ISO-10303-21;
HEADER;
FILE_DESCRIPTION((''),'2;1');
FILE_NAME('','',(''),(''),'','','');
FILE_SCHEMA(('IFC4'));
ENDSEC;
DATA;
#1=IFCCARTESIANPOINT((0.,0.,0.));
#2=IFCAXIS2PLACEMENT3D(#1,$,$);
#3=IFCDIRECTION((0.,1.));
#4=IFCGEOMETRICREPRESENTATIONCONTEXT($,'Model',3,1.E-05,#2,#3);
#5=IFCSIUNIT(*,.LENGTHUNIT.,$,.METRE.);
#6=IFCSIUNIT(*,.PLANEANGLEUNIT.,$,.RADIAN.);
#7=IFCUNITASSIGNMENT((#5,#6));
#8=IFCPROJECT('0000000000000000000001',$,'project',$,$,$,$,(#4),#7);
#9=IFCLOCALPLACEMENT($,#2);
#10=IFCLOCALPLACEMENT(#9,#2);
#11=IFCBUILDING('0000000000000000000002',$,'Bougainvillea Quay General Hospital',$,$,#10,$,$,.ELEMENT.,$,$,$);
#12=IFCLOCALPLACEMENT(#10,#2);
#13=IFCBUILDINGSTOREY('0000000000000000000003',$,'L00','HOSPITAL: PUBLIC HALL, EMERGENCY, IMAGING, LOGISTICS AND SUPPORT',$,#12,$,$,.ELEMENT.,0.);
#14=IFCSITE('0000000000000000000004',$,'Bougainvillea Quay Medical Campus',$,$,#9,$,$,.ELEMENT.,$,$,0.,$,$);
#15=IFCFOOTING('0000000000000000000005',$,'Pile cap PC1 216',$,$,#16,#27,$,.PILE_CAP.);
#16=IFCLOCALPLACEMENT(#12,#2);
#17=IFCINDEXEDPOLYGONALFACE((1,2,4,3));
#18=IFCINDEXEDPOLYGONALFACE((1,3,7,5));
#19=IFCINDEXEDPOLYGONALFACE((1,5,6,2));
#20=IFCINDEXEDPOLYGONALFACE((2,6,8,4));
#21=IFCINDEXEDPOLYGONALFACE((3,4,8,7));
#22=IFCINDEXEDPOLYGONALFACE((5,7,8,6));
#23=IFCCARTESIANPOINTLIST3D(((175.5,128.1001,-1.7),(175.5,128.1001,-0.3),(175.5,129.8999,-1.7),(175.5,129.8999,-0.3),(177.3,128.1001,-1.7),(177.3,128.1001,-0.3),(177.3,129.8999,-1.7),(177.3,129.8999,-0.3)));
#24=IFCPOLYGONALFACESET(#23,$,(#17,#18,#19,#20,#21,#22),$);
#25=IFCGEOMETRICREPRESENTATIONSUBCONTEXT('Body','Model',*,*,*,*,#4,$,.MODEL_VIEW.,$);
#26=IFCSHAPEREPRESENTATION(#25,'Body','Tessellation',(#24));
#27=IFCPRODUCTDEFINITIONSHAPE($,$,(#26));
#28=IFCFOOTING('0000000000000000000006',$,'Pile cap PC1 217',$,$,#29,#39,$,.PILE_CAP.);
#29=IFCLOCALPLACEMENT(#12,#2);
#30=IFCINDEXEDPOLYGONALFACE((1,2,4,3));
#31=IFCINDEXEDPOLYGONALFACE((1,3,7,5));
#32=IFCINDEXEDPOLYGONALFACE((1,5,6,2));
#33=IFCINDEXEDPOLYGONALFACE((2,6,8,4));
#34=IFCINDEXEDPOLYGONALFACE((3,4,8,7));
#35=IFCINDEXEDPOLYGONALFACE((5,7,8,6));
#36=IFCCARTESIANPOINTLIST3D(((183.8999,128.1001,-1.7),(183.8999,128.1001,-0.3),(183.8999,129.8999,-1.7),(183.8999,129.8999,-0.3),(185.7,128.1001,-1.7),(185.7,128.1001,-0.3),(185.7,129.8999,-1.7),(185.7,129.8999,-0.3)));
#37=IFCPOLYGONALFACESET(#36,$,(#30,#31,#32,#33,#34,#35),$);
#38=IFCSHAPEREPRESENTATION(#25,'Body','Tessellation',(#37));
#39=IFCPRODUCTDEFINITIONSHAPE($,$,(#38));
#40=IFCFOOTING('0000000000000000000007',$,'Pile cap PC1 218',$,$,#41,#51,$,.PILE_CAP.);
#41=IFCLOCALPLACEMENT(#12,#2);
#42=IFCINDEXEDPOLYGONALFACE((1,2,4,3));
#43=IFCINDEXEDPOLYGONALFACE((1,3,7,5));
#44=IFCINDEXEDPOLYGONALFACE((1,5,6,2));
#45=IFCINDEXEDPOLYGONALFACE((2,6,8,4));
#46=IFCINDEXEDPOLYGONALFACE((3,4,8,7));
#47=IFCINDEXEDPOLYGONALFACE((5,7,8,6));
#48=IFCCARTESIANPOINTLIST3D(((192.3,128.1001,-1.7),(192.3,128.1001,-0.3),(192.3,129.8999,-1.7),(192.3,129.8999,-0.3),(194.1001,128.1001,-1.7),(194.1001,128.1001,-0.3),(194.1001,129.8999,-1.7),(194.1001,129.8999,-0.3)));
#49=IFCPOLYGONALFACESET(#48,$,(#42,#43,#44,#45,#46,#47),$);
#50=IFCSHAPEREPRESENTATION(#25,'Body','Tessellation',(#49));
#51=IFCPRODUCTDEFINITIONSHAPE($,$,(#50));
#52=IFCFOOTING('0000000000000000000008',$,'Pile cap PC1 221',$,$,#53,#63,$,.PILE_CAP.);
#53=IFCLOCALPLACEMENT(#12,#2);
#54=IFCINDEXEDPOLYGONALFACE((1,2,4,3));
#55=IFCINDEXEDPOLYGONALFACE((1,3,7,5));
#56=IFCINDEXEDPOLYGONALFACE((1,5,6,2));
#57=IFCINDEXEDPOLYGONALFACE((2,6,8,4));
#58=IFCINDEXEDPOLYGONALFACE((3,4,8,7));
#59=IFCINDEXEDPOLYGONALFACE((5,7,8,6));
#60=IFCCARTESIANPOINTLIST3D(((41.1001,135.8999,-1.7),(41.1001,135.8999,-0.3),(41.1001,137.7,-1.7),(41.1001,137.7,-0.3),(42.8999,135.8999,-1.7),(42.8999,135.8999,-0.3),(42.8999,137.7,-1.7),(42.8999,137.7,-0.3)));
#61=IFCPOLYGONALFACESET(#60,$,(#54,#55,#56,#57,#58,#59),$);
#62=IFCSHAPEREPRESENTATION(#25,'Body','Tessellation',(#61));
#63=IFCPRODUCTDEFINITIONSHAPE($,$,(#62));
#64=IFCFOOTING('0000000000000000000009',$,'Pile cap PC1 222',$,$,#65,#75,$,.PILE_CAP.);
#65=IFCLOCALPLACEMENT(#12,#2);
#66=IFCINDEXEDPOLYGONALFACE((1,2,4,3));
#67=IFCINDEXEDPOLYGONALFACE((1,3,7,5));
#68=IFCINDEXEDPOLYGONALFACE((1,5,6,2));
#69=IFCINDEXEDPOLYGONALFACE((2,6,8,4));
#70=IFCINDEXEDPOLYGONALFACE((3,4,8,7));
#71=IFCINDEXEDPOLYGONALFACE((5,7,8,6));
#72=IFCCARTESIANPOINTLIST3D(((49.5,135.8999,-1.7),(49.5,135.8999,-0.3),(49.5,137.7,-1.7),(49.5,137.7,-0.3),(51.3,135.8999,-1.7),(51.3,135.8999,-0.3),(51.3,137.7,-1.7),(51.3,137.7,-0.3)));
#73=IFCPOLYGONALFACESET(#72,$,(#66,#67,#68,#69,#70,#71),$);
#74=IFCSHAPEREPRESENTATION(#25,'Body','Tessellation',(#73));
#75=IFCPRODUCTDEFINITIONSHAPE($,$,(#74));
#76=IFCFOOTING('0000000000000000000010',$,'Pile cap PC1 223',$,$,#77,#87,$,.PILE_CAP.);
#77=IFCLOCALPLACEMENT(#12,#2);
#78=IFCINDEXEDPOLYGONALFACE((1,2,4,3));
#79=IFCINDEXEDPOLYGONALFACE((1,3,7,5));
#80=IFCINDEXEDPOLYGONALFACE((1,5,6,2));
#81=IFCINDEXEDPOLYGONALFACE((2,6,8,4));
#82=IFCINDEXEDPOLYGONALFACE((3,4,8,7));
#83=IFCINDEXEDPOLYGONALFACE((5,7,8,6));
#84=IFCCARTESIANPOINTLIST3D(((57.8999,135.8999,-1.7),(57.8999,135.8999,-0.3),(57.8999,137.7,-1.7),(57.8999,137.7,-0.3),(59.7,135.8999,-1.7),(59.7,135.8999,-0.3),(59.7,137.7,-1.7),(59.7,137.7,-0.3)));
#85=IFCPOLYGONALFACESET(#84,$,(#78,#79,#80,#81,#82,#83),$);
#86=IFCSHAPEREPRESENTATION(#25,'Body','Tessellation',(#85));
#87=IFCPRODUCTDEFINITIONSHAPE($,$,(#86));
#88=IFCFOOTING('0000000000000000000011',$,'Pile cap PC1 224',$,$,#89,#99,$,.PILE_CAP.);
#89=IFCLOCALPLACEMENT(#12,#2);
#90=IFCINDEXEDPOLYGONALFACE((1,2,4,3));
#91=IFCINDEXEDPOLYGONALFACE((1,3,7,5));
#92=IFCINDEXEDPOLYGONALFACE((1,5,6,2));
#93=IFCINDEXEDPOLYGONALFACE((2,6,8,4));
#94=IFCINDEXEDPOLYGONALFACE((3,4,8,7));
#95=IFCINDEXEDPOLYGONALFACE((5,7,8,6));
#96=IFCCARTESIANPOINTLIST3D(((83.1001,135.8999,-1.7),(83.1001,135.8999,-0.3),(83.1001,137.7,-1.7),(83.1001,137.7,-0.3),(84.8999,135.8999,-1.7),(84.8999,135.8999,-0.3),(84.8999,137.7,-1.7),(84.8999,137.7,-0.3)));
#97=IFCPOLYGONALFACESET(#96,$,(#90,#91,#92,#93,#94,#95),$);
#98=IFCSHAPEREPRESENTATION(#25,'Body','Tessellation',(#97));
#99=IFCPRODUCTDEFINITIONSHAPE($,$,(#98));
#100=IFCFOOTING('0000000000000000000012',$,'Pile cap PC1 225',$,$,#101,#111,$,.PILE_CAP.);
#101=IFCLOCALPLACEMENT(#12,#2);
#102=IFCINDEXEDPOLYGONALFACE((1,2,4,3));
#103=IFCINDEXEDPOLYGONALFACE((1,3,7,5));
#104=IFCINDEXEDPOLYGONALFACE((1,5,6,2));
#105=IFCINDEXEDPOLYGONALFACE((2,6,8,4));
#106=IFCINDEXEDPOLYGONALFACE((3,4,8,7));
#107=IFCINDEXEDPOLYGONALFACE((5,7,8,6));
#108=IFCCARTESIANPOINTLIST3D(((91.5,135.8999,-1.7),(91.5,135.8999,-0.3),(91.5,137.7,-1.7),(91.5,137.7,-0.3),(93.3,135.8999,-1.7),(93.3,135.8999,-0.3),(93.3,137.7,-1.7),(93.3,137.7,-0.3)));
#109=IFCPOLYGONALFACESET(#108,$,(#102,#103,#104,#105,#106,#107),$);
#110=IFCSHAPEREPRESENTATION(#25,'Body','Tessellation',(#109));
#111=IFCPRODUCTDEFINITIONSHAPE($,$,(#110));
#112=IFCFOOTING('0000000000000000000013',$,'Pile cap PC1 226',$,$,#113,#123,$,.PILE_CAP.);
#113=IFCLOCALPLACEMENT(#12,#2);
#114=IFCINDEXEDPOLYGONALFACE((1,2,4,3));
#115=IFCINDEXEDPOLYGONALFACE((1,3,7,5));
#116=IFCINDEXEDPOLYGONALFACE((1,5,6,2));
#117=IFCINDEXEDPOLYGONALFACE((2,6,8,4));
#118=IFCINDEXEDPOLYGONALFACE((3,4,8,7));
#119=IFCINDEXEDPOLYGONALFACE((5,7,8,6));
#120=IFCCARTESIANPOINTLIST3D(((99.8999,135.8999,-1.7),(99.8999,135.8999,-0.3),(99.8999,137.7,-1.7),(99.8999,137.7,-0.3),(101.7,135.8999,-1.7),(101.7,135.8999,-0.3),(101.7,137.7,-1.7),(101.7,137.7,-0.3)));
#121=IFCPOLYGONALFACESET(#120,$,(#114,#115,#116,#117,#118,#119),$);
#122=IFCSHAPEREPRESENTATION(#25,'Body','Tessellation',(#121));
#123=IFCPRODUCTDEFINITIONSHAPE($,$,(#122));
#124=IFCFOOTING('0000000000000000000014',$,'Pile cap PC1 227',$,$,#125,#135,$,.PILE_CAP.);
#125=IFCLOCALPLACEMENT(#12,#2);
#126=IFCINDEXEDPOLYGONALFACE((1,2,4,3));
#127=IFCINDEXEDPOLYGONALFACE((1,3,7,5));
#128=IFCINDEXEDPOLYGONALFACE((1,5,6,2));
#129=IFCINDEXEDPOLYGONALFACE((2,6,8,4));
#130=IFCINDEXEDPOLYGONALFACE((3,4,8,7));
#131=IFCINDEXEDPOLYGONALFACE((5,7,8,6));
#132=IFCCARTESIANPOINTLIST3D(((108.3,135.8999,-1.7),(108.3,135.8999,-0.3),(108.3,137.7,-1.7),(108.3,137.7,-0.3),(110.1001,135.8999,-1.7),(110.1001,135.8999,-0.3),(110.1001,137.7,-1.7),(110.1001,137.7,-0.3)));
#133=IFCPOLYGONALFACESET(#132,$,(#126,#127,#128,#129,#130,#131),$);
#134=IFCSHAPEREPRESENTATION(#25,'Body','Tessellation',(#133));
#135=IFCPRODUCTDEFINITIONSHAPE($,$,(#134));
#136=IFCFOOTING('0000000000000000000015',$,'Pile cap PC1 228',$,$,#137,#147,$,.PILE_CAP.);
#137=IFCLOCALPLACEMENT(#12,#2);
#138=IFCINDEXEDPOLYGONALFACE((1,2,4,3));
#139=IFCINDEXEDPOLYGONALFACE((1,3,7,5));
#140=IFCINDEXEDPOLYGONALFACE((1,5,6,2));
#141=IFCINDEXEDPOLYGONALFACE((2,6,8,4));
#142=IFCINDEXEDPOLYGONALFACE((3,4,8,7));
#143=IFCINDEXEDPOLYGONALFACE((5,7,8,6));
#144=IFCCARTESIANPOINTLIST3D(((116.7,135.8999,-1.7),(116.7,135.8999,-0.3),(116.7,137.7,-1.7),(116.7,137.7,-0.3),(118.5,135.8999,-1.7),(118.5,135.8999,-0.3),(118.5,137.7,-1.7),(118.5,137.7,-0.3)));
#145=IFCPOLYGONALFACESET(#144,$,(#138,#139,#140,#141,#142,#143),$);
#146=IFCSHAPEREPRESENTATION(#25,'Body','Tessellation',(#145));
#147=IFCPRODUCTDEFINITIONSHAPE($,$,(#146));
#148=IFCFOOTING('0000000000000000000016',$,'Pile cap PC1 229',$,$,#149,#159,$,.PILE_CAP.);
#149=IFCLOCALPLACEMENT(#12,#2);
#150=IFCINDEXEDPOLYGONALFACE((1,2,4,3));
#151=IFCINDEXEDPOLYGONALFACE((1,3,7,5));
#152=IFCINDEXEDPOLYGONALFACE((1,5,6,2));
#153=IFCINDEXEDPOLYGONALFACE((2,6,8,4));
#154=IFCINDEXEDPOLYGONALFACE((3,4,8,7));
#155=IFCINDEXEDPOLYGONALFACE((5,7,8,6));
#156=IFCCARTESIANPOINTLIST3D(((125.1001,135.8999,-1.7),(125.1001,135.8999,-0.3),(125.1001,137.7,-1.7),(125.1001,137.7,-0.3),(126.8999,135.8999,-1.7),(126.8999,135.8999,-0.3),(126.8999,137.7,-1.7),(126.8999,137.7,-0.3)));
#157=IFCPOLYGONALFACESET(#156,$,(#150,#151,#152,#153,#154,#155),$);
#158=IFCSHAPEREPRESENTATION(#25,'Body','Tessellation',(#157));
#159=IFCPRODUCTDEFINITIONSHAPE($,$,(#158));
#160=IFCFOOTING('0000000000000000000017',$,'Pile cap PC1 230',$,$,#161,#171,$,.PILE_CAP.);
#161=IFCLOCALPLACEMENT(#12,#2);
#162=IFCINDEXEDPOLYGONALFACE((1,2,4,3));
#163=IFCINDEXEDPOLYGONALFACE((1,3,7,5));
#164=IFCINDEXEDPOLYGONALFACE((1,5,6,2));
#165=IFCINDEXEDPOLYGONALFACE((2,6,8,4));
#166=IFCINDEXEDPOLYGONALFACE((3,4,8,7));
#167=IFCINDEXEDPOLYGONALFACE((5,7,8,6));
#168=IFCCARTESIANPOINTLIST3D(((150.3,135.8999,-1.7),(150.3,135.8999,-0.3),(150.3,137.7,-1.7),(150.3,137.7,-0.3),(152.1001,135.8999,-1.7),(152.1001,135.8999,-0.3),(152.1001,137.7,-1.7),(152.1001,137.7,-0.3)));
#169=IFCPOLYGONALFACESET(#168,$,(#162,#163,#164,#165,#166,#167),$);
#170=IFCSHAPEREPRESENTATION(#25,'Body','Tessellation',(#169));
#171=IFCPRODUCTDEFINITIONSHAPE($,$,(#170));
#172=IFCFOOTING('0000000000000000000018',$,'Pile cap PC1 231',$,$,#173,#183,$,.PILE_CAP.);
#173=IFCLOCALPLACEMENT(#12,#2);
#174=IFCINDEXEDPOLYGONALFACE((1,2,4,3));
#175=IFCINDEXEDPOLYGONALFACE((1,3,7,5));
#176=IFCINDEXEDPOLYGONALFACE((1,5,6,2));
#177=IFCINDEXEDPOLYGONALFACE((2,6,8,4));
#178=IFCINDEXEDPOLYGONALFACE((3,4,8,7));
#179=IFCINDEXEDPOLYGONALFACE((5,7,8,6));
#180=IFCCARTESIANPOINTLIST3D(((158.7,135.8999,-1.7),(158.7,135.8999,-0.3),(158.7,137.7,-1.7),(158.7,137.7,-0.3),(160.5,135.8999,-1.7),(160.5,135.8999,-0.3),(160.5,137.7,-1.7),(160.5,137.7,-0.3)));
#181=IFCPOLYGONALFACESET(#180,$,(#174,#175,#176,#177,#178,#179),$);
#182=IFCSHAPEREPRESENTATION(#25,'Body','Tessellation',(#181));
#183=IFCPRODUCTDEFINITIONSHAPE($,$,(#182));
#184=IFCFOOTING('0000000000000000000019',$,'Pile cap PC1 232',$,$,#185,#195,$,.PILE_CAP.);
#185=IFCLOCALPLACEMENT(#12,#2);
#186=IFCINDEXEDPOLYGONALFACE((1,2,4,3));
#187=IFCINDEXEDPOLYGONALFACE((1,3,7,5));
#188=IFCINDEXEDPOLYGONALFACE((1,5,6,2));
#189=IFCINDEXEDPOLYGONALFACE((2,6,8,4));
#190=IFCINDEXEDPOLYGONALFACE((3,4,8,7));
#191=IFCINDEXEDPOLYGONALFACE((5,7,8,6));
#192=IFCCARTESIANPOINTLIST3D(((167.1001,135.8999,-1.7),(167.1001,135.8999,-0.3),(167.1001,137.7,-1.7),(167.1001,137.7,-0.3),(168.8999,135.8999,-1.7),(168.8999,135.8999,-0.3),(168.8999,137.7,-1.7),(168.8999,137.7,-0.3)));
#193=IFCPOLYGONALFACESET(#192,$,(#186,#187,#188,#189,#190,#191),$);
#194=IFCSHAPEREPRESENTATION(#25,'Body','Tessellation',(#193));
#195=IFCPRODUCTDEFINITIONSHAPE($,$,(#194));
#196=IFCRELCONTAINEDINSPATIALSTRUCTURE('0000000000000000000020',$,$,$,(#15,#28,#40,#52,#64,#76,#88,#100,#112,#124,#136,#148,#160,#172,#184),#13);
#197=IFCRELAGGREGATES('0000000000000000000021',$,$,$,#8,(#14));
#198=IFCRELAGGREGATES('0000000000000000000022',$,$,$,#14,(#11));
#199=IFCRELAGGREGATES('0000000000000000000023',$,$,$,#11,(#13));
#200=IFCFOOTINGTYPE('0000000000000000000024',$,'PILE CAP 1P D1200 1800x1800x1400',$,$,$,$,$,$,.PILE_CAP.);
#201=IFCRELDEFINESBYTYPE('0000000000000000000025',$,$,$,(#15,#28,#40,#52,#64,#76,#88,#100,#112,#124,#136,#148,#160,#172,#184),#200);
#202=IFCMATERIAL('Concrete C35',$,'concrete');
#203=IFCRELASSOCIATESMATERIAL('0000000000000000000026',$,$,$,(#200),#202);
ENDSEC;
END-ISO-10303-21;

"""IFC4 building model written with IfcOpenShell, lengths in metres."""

from ifc_helpers import new_model, si_unit, direction, frame, origin, place, context, subcontext, project, spatial, polyline, outline, extrude, material, type_object, element, save


model = new_model("IFC4")

# Units and contexts
model_context = context("Model", 3, precision=1e-05, world=origin(), true_north=direction((0.0, 1.0)))
body_context = subcontext(model_context, "Body", "Model", "MODEL_VIEW")
ifc_project = project(units=[si_unit("LENGTHUNIT", "METRE"), si_unit("PLANEANGLEUNIT", "RADIAN")], contexts=[model_context])

# Site, building, storey
site_placement = place(None, origin())
site = spatial("IfcSite", under=ifc_project, at=site_placement, Name="Bougainvillea Quay Medical Campus", CompositionType="ELEMENT", RefElevation=0.0)
building_placement = place(site_placement, origin())
building = spatial("IfcBuilding", under=site, at=building_placement, Name="Bougainvillea Quay General Hospital", CompositionType="ELEMENT")
storey_placement = place(building_placement, origin())
storey = spatial("IfcBuildingStorey", under=building, at=storey_placement, Name="L00", Description="HOSPITAL: PUBLIC HALL, EMERGENCY, IMAGING, LOGISTICS AND SUPPORT", CompositionType="ELEMENT", Elevation=0.0)

# Footings
ifc_material = material(Name="Concrete C35", Category="concrete")
footing_type_1 = type_object("IfcFootingType", Name="PILE CAP 1P D1200 1800x1800x1400", PredefinedType="PILE_CAP", material=ifc_material)
footing_1_placement = place(storey_placement, frame((0.0, 0.0, -1.7)))
element("IfcFooting", 1, at=footing_1_placement, inside=storey, type_object=footing_type_1, Name="Pile cap PC1 216", PredefinedType="PILE_CAP", context=body_context, shape_type="SweptSolid", body=[
    extrude(outline(polyline([(175.5, 128.1001), (177.3, 128.1001), (177.3, 129.8999), (175.5, 129.8999), (175.5, 128.1001)])), origin(), (0.0, 0.0, 1.0), 1.3999),
])
footing_2_placement = place(storey_placement, frame((0.0, 0.0, -1.7)))
element("IfcFooting", 2, at=footing_2_placement, inside=storey, type_object=footing_type_1, Name="Pile cap PC1 217", PredefinedType="PILE_CAP", context=body_context, shape_type="SweptSolid", body=[
    extrude(outline(polyline([(183.8999, 128.1001), (185.7, 128.1001), (185.7, 129.8999), (183.8999, 129.8999), (183.8999, 128.1001)])), origin(), (0.0, 0.0, 1.0), 1.3999),
])
footing_3_placement = place(storey_placement, frame((0.0, 0.0, -1.7)))
element("IfcFooting", 3, at=footing_3_placement, inside=storey, type_object=footing_type_1, Name="Pile cap PC1 218", PredefinedType="PILE_CAP", context=body_context, shape_type="SweptSolid", body=[
    extrude(outline(polyline([(192.3, 128.1001), (194.1001, 128.1001), (194.1001, 129.8999), (192.3, 129.8999), (192.3, 128.1001)])), origin(), (0.0, 0.0, 1.0), 1.3999),
])
footing_4_placement = place(storey_placement, frame((0.0, 0.0, -1.7)))
element("IfcFooting", 4, at=footing_4_placement, inside=storey, type_object=footing_type_1, Name="Pile cap PC1 221", PredefinedType="PILE_CAP", context=body_context, shape_type="SweptSolid", body=[
    extrude(outline(polyline([(41.1001, 135.8999), (42.8999, 135.8999), (42.8999, 137.7), (41.1001, 137.7), (41.1001, 135.8999)])), origin(), (0.0, 0.0, 1.0), 1.3999),
])
footing_5_placement = place(storey_placement, frame((0.0, 0.0, -1.7)))
element("IfcFooting", 5, at=footing_5_placement, inside=storey, type_object=footing_type_1, Name="Pile cap PC1 222", PredefinedType="PILE_CAP", context=body_context, shape_type="SweptSolid", body=[
    extrude(outline(polyline([(49.5, 135.8999), (51.3, 135.8999), (51.3, 137.7), (49.5, 137.7), (49.5, 135.8999)])), origin(), (0.0, 0.0, 1.0), 1.3999),
])
footing_6_placement = place(storey_placement, frame((0.0, 0.0, -1.7)))
element("IfcFooting", 6, at=footing_6_placement, inside=storey, type_object=footing_type_1, Name="Pile cap PC1 223", PredefinedType="PILE_CAP", context=body_context, shape_type="SweptSolid", body=[
    extrude(outline(polyline([(57.8999, 135.8999), (59.7, 135.8999), (59.7, 137.7), (57.8999, 137.7), (57.8999, 135.8999)])), origin(), (0.0, 0.0, 1.0), 1.3999),
])
footing_7_placement = place(storey_placement, frame((0.0, 0.0, -1.7)))
element("IfcFooting", 7, at=footing_7_placement, inside=storey, type_object=footing_type_1, Name="Pile cap PC1 224", PredefinedType="PILE_CAP", context=body_context, shape_type="SweptSolid", body=[
    extrude(outline(polyline([(83.1001, 135.8999), (84.8999, 135.8999), (84.8999, 137.7), (83.1001, 137.7), (83.1001, 135.8999)])), origin(), (0.0, 0.0, 1.0), 1.3999),
])
footing_8_placement = place(storey_placement, frame((0.0, 0.0, -1.7)))
element("IfcFooting", 8, at=footing_8_placement, inside=storey, type_object=footing_type_1, Name="Pile cap PC1 225", PredefinedType="PILE_CAP", context=body_context, shape_type="SweptSolid", body=[
    extrude(outline(polyline([(91.5, 135.8999), (93.3, 135.8999), (93.3, 137.7), (91.5, 137.7), (91.5, 135.8999)])), origin(), (0.0, 0.0, 1.0), 1.3999),
])
footing_9_placement = place(storey_placement, frame((0.0, 0.0, -1.7)))
element("IfcFooting", 9, at=footing_9_placement, inside=storey, type_object=footing_type_1, Name="Pile cap PC1 226", PredefinedType="PILE_CAP", context=body_context, shape_type="SweptSolid", body=[
    extrude(outline(polyline([(99.8999, 135.8999), (101.7, 135.8999), (101.7, 137.7), (99.8999, 137.7), (99.8999, 135.8999)])), origin(), (0.0, 0.0, 1.0), 1.3999),
])
footing_10_placement = place(storey_placement, frame((0.0, 0.0, -1.7)))
element("IfcFooting", 10, at=footing_10_placement, inside=storey, type_object=footing_type_1, Name="Pile cap PC1 227", PredefinedType="PILE_CAP", context=body_context, shape_type="SweptSolid", body=[
    extrude(outline(polyline([(108.3, 135.8999), (110.1001, 135.8999), (110.1001, 137.7), (108.3, 137.7), (108.3, 135.8999)])), origin(), (0.0, 0.0, 1.0), 1.3999),
])
footing_11_placement = place(storey_placement, frame((0.0, 0.0, -1.7)))
element("IfcFooting", 11, at=footing_11_placement, inside=storey, type_object=footing_type_1, Name="Pile cap PC1 228", PredefinedType="PILE_CAP", context=body_context, shape_type="SweptSolid", body=[
    extrude(outline(polyline([(116.7, 135.8999), (118.5, 135.8999), (118.5, 137.7), (116.7, 137.7), (116.7, 135.8999)])), origin(), (0.0, 0.0, 1.0), 1.3999),
])
footing_12_placement = place(storey_placement, frame((0.0, 0.0, -1.7)))
element("IfcFooting", 12, at=footing_12_placement, inside=storey, type_object=footing_type_1, Name="Pile cap PC1 229", PredefinedType="PILE_CAP", context=body_context, shape_type="SweptSolid", body=[
    extrude(outline(polyline([(125.1001, 135.8999), (126.8999, 135.8999), (126.8999, 137.7), (125.1001, 137.7), (125.1001, 135.8999)])), origin(), (0.0, 0.0, 1.0), 1.3999),
])
footing_13_placement = place(storey_placement, frame((0.0, 0.0, -1.7)))
element("IfcFooting", 13, at=footing_13_placement, inside=storey, type_object=footing_type_1, Name="Pile cap PC1 230", PredefinedType="PILE_CAP", context=body_context, shape_type="SweptSolid", body=[
    extrude(outline(polyline([(150.3, 135.8999), (152.1001, 135.8999), (152.1001, 137.7), (150.3, 137.7), (150.3, 135.8999)])), origin(), (0.0, 0.0, 1.0), 1.3999),
])
footing_14_placement = place(storey_placement, frame((0.0, 0.0, -1.7)))
element("IfcFooting", 14, at=footing_14_placement, inside=storey, type_object=footing_type_1, Name="Pile cap PC1 231", PredefinedType="PILE_CAP", context=body_context, shape_type="SweptSolid", body=[
    extrude(outline(polyline([(158.7, 135.8999), (160.5, 135.8999), (160.5, 137.7), (158.7, 137.7), (158.7, 135.8999)])), origin(), (0.0, 0.0, 1.0), 1.3999),
])
footing_15_placement = place(storey_placement, frame((0.0, 0.0, -1.7)))
element("IfcFooting", 15, at=footing_15_placement, inside=storey, type_object=footing_type_1, Name="Pile cap PC1 232", PredefinedType="PILE_CAP", context=body_context, shape_type="SweptSolid", body=[
    extrude(outline(polyline([(167.1001, 135.8999), (168.8999, 135.8999), (168.8999, 137.7), (167.1001, 137.7), (167.1001, 135.8999)])), origin(), (0.0, 0.0, 1.0), 1.3999),
])

save(model, "model.ifc")
